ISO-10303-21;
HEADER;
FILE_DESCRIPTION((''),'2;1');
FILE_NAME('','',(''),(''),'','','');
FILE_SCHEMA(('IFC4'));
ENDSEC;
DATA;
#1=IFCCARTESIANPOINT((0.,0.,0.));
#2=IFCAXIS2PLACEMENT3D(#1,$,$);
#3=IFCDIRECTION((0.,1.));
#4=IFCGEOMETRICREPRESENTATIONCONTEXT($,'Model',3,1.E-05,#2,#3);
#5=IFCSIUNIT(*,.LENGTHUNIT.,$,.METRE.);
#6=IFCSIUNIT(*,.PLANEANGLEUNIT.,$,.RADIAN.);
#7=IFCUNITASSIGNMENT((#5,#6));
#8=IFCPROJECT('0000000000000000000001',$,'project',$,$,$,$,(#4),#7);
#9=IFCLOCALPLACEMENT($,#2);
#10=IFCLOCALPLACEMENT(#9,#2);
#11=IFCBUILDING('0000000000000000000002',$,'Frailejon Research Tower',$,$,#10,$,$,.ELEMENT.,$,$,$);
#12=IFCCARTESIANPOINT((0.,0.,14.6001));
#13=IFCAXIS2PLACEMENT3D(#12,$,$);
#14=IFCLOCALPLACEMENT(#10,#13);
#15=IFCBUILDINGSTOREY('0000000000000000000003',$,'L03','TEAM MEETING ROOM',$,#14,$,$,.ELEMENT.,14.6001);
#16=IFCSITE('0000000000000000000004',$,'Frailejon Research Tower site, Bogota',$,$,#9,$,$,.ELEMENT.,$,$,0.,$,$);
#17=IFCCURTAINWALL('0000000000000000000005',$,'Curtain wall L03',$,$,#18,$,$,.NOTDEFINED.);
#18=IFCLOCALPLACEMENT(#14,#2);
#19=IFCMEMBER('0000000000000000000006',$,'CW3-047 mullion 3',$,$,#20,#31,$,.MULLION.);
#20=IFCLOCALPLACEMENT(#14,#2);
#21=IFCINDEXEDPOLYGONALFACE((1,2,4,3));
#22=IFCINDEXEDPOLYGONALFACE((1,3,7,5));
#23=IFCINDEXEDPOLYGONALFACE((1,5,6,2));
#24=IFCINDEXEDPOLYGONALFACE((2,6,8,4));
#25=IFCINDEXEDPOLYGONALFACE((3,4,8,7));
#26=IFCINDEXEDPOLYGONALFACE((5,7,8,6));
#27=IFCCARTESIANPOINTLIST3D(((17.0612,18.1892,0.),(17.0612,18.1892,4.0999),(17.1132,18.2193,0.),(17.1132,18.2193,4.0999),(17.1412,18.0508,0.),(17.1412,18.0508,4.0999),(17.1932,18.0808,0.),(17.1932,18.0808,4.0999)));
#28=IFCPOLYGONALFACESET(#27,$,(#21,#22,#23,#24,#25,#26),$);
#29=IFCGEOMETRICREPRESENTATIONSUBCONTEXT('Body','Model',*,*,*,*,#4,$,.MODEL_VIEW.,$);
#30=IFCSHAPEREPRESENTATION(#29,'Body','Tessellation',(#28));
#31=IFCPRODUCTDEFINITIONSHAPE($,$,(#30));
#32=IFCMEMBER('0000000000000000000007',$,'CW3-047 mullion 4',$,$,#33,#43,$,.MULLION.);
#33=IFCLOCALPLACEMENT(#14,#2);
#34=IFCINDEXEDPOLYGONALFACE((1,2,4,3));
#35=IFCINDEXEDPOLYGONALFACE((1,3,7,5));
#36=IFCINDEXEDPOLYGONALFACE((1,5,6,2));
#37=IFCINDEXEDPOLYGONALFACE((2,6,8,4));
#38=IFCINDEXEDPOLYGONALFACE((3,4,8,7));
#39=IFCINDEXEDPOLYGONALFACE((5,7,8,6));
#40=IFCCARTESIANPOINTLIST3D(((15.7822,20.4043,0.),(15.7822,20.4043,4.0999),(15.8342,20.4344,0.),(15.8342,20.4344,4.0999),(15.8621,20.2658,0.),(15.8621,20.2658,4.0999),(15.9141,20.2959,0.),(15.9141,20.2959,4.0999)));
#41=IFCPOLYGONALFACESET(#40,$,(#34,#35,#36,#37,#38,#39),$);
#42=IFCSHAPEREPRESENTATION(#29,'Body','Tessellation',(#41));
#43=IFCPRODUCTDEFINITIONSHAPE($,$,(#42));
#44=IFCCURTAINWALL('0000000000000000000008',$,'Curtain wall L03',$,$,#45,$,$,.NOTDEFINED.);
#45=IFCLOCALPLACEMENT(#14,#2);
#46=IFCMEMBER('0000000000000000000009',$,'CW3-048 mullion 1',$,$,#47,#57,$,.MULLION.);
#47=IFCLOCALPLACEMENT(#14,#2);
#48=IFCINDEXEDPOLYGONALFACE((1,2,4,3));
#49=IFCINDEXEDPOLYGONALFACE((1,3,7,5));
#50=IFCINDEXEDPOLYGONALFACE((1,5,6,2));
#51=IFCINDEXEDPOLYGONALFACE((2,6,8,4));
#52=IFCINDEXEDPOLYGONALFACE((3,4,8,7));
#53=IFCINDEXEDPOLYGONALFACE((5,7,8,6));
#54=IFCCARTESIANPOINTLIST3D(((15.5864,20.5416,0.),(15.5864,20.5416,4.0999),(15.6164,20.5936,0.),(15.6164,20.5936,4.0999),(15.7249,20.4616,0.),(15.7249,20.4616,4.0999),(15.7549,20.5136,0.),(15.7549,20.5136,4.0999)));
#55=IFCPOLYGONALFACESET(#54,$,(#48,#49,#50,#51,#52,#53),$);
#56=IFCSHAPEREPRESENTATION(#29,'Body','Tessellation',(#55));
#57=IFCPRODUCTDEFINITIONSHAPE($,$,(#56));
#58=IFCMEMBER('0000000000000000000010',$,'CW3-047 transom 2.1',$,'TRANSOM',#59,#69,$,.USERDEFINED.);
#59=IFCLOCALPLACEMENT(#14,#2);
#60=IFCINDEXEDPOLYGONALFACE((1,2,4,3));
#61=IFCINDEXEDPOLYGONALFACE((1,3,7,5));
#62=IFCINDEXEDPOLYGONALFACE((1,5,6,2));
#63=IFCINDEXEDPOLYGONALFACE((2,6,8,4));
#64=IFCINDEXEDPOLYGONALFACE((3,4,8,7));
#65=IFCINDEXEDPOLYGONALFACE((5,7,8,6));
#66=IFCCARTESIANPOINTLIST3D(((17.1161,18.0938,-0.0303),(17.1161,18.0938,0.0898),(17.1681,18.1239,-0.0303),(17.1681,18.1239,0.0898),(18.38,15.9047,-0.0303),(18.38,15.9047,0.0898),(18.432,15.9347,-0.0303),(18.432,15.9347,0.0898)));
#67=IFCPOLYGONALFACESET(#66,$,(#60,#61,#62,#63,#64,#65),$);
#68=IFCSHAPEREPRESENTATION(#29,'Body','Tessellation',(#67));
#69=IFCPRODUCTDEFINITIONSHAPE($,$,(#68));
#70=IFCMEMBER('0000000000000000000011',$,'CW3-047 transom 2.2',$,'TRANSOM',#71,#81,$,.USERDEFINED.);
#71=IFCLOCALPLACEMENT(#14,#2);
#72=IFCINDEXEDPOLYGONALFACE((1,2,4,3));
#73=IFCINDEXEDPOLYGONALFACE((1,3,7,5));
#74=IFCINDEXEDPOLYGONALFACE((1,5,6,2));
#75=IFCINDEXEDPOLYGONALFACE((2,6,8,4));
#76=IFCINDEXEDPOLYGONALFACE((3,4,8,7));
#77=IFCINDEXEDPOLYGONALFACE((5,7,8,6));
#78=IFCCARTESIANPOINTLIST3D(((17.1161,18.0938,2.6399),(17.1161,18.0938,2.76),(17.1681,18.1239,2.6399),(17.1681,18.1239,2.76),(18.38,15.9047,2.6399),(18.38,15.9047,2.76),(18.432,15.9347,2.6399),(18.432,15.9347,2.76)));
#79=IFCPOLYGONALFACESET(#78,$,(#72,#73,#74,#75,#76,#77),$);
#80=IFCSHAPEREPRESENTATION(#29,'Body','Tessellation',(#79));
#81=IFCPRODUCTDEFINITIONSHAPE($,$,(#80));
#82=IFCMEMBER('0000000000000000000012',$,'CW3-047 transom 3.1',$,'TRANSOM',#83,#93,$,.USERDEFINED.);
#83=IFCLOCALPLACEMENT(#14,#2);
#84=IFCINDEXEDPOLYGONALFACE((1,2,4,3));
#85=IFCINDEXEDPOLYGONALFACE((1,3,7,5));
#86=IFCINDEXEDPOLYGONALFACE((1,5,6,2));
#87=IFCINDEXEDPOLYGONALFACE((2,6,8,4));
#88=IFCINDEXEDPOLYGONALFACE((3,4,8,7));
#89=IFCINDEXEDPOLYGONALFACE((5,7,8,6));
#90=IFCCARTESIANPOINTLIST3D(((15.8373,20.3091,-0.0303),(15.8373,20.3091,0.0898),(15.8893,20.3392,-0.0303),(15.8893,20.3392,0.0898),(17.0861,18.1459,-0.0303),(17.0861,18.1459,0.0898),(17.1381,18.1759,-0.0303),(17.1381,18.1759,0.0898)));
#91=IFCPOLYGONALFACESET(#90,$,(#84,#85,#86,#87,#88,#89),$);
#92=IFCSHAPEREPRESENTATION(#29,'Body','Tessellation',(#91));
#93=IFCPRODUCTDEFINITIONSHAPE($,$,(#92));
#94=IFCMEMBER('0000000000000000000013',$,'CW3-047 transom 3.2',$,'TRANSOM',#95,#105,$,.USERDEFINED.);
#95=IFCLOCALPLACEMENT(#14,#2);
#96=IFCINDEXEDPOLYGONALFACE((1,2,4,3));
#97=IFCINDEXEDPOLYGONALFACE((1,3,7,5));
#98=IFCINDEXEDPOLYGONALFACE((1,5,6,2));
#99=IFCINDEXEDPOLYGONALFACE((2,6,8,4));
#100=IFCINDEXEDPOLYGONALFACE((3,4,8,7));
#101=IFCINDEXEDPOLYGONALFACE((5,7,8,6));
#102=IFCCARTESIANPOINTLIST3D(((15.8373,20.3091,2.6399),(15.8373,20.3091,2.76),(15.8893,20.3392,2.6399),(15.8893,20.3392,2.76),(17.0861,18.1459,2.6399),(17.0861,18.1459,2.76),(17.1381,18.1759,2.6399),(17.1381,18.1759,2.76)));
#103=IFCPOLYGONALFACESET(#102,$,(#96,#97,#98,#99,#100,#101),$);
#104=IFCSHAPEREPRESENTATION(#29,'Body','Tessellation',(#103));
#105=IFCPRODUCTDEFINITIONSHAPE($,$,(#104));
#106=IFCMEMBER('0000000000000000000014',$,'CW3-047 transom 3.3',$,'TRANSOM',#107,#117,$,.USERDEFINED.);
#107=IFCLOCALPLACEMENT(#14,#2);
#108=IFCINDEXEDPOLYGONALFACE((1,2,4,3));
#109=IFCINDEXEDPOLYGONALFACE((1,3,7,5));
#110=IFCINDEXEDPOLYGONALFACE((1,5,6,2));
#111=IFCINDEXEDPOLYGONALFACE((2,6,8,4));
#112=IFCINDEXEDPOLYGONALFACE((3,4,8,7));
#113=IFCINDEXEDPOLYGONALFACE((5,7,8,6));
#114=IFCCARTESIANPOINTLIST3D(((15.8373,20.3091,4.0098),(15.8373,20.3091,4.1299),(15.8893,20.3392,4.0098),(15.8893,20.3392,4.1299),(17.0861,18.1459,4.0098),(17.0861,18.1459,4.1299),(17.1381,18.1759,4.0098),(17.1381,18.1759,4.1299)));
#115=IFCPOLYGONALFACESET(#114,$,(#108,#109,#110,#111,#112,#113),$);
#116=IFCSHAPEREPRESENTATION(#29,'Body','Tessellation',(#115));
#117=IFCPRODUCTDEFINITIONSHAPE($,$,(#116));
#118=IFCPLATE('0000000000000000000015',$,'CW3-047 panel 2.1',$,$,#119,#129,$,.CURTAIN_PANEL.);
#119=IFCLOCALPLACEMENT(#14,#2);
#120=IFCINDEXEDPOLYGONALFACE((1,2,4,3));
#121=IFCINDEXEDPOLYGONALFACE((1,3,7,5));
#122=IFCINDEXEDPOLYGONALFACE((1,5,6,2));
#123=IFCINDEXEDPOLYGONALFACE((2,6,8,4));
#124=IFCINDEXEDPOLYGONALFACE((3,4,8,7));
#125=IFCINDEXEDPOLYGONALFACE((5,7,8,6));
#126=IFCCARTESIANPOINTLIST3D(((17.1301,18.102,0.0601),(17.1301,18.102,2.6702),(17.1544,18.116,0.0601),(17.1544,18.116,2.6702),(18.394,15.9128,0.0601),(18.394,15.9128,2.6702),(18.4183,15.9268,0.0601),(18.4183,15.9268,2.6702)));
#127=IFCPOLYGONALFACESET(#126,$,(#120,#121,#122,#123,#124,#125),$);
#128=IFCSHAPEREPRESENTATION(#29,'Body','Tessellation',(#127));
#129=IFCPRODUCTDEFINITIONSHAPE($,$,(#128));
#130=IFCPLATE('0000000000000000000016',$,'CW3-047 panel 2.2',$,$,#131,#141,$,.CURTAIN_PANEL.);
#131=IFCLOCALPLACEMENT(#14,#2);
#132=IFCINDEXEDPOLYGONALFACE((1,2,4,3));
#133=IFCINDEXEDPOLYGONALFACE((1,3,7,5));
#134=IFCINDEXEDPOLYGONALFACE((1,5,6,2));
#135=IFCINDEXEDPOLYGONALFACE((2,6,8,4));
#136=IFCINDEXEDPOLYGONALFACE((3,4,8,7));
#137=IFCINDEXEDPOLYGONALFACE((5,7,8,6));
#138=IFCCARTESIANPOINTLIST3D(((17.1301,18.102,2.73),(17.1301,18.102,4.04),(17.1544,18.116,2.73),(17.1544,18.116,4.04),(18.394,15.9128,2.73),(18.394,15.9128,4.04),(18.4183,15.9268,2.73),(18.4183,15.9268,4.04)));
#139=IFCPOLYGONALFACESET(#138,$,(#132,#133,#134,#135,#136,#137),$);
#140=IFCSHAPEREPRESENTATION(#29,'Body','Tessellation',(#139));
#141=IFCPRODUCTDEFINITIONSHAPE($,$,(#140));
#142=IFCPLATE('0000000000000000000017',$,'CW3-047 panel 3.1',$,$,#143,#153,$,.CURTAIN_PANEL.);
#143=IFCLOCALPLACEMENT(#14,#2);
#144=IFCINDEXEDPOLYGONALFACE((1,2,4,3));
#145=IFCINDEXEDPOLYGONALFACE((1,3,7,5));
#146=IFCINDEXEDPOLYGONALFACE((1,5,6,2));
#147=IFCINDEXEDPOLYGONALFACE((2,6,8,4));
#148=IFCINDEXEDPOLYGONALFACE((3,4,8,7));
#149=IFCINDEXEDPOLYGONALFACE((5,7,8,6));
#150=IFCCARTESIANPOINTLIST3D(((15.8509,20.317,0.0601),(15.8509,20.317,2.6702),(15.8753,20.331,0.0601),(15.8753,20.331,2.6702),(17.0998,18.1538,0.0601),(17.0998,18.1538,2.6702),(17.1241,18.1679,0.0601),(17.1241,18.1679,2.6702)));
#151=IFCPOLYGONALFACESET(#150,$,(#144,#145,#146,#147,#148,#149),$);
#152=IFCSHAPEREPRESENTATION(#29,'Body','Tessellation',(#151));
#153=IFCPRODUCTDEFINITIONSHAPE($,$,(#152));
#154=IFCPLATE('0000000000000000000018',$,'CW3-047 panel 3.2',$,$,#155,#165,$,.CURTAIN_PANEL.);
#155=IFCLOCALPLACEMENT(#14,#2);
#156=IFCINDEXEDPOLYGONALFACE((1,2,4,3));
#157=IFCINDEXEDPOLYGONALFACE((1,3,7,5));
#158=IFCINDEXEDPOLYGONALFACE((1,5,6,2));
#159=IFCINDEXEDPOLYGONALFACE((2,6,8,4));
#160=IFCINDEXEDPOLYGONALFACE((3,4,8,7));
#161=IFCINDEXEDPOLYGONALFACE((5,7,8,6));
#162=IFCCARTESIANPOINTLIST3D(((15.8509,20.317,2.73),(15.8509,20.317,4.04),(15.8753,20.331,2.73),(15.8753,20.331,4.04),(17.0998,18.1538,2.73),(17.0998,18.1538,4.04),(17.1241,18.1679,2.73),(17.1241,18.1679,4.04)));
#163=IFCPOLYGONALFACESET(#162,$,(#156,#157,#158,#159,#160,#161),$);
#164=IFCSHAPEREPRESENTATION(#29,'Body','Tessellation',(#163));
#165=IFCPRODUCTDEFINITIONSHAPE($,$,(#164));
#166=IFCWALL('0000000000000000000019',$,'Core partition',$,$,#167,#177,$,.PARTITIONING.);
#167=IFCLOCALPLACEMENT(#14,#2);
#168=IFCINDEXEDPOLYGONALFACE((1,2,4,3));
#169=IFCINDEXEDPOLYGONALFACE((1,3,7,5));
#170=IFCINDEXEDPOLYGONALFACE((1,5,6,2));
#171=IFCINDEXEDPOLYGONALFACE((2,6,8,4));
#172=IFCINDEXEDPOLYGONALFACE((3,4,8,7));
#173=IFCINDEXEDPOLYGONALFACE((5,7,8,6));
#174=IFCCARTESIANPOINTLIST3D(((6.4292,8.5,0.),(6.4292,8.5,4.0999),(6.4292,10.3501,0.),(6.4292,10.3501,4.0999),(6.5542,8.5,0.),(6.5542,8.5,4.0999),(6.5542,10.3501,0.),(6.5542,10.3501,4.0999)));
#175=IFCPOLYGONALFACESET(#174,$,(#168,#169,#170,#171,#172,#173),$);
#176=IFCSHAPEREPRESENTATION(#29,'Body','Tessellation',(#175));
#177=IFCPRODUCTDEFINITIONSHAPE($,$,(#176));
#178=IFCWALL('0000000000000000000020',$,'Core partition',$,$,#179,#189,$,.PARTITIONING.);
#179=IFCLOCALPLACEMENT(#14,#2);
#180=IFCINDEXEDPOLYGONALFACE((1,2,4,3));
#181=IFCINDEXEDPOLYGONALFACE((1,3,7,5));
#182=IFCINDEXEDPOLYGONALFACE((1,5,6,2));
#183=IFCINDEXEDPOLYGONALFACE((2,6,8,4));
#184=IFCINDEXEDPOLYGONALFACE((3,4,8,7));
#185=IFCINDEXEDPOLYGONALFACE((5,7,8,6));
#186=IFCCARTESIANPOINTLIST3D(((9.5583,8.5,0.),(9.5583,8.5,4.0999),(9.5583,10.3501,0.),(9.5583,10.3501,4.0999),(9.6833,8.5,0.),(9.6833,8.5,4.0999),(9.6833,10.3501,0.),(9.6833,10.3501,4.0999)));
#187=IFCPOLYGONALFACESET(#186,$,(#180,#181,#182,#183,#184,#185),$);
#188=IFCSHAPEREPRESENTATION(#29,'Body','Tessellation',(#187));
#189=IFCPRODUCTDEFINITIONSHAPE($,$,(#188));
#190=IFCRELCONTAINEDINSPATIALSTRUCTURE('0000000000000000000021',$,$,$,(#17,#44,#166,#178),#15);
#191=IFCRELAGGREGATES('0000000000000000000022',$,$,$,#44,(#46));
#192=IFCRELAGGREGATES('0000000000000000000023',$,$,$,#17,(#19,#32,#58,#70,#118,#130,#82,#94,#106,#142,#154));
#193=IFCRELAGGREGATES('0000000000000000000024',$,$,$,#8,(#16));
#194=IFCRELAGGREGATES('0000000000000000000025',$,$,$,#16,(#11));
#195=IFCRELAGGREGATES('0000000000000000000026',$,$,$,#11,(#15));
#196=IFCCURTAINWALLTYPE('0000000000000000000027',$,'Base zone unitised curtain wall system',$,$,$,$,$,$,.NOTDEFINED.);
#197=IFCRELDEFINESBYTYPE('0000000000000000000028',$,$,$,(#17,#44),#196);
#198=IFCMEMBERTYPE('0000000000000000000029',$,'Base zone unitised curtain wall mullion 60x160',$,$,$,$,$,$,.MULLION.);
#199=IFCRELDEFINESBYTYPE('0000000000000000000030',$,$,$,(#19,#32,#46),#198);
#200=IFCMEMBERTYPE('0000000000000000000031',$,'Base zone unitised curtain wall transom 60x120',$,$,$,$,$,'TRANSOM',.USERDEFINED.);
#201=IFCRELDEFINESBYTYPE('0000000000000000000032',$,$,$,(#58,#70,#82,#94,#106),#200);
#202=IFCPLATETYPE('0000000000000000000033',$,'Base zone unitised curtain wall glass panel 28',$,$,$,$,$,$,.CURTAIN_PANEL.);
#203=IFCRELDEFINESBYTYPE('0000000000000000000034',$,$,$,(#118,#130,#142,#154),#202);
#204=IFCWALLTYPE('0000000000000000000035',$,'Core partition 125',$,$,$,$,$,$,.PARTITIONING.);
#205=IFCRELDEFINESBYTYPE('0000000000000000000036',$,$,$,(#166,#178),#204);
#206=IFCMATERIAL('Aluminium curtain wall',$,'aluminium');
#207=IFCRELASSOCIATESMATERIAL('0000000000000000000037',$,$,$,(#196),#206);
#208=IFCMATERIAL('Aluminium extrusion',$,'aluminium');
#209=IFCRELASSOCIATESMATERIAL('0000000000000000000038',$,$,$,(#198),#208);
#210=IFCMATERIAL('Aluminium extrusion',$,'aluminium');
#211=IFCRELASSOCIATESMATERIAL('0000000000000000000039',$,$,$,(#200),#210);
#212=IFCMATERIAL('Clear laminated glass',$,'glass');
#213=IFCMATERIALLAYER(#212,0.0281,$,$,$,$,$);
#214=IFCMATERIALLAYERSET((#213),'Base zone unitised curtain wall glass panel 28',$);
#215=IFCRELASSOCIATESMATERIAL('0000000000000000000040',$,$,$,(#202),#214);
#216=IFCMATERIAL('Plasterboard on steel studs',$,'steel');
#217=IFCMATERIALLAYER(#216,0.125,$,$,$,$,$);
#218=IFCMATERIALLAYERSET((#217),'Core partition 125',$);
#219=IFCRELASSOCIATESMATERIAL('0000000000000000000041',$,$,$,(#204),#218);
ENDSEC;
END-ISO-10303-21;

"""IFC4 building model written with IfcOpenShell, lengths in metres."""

from ifc_helpers import new_model, si_unit, direction, frame, frame_2d, origin, origin_2d, place, context, subcontext, project, spatial, rectangle, extrude, material, layer, layer_set, material_profile, profile_set, type_object, element, aggregate, save


model = new_model("IFC4")

# Units and contexts
model_context = context("Model", 3, precision=1e-05, world=origin(), true_north=direction((0.0, 1.0)))
body_context = subcontext(model_context, "Body", "Model", "MODEL_VIEW")
ifc_project = project(units=[si_unit("LENGTHUNIT", "METRE"), si_unit("PLANEANGLEUNIT", "RADIAN")], contexts=[model_context])

# Site, building, storey
site_placement = place(None, origin())
site = spatial("IfcSite", under=ifc_project, at=site_placement, Name="Frailejon Research Tower site, Bogota", CompositionType="ELEMENT", RefElevation=0.0)
building_placement = place(site_placement, origin())
building = spatial("IfcBuilding", under=site, at=building_placement, Name="Frailejon Research Tower", CompositionType="ELEMENT")
storey_placement = place(building_placement, frame((0.0, 0.0, 14.6001)))
storey = spatial("IfcBuildingStorey", under=building, at=storey_placement, Name="L03", Description="TEAM MEETING ROOM", CompositionType="ELEMENT", Elevation=14.6001)

# Curtain wall, members
ifc_material_1 = material(Name="Aluminium curtain wall", Category="aluminium")
curtain_wall_type = type_object("IfcCurtainWallType", Name="Base zone unitised curtain wall system", PredefinedType="NOTDEFINED", material=ifc_material_1)
curtain_wall_1_placement = place(storey_placement, origin())
curtain_wall_1 = element("IfcCurtainWall", 1, at=curtain_wall_1_placement, inside=storey, type_object=curtain_wall_type, Name="Curtain wall L03", PredefinedType="NOTDEFINED")
ifc_material_2 = material(Name="Aluminium extrusion", Category="aluminium")
ifc_material_profile_1 = material_profile(ifc_material_2, rectangle(XDim=0.0601, YDim=0.1599, at=origin_2d()), Name="Base zone unitised curtain wall mullion 60x160")
ifc_profile_set_1 = profile_set([ifc_material_profile_1], Name="Aluminium extrusion")
member_type_1 = type_object("IfcMemberType", Name="Base zone unitised curtain wall mullion 60x160", PredefinedType="MULLION", material=ifc_profile_set_1)
member_1_placement = place(storey_placement, frame((17.1272, 18.135, 0.0), z_axis=(0.0, 0.0, 1.0), x_axis=(-0.866029, -0.499993, 0.0)))
member_1 = element("IfcMember", 2, at=member_1_placement, type_object=member_type_1, Name="CW3-047 mullion 3", PredefinedType="MULLION", context=body_context, shape_type="SweptSolid", body=[
    extrude(rectangle(XDim=0.0601, YDim=0.1599, at=origin_2d()), origin(), (0.0, 0.0, 1.0), 4.0999),
])
member_2_placement = place(storey_placement, frame((15.8481, 20.3501, 0.0), z_axis=(0.0, 0.0, 1.0), x_axis=(-0.866029, -0.499993, 0.0)))
member_2 = element("IfcMember", 3, at=member_2_placement, type_object=member_type_1, Name="CW3-047 mullion 4", PredefinedType="MULLION", context=body_context, shape_type="SweptSolid", body=[
    extrude(rectangle(XDim=0.0601, YDim=0.1599, at=origin_2d()), origin(), (0.0, 0.0, 1.0), 4.0999),
])

# Curtain wall, member
curtain_wall_2_placement = place(storey_placement, origin())
curtain_wall_2 = element("IfcCurtainWall", 4, at=curtain_wall_2_placement, inside=storey, type_object=curtain_wall_type, Name="Curtain wall L03", PredefinedType="NOTDEFINED")
member_3_placement = place(storey_placement, frame((15.6707, 20.5276, 0.0), z_axis=(0.0, 0.0, 1.0), x_axis=(-0.499998, -0.866026, 0.0)))
member_3 = element("IfcMember", 5, at=member_3_placement, type_object=member_type_1, Name="CW3-048 mullion 1", PredefinedType="MULLION", context=body_context, shape_type="SweptSolid", body=[
    extrude(rectangle(XDim=0.0601, YDim=0.1599, at=origin_2d()), origin(), (0.0, 0.0, 1.0), 4.0999),
])
aggregate(curtain_wall_2, [member_3])

# Members
ifc_material_3 = material(Name="Aluminium extrusion", Category="aluminium")
ifc_material_profile_2 = material_profile(ifc_material_3, rectangle(XDim=0.0601, YDim=0.1201, at=origin_2d()), Name="Base zone unitised curtain wall transom 60x120")
ifc_profile_set_2 = profile_set([ifc_material_profile_2], Name="Aluminium extrusion")
member_type_2 = type_object("IfcMemberType", Name="Base zone unitised curtain wall transom 60x120", ElementType="TRANSOM", PredefinedType="USERDEFINED", material=ifc_profile_set_2)
member_4_placement = place(storey_placement, frame((18.406, 15.9197, 0.0298), z_axis=(-0.499993, 0.86603, 0.0), x_axis=(-0.86603, -0.499993, 0.0)))
member_4 = element("IfcMember", 6, at=member_4_placement, type_object=member_type_2, Name="CW3-047 transom 2.1", ObjectType="TRANSOM", PredefinedType="USERDEFINED", context=body_context, shape_type="SweptSolid", body=[
    extrude(rectangle(XDim=0.0601, YDim=0.1201, at=origin_2d()), origin(), (0.0, 0.0, 1.0), 2.5278),
])
member_5_placement = place(storey_placement, frame((18.406, 15.9197, 2.7), z_axis=(-0.499993, 0.86603, 0.0), x_axis=(-0.86603, -0.499993, 0.0)))
member_5 = element("IfcMember", 7, at=member_5_placement, type_object=member_type_2, Name="CW3-047 transom 2.2", ObjectType="TRANSOM", PredefinedType="USERDEFINED", context=body_context, shape_type="SweptSolid", body=[
    extrude(rectangle(XDim=0.0601, YDim=0.1201, at=origin_2d()), origin(), (0.0, 0.0, 1.0), 2.5278),
])
member_6_placement = place(storey_placement, frame((17.1121, 18.1609, 0.0298), z_axis=(-0.499934, 0.866064, 0.0), x_axis=(-0.866064, -0.499934, 0.0)))
member_6 = element("IfcMember", 8, at=member_6_placement, type_object=member_type_2, Name="CW3-047 transom 3.1", ObjectType="TRANSOM", PredefinedType="USERDEFINED", context=body_context, shape_type="SweptSolid", body=[
    extrude(rectangle(XDim=0.0601, YDim=0.1201, at=origin_2d()), origin(), (0.0, 0.0, 1.0), 2.4978),
])
member_7_placement = place(storey_placement, frame((17.1121, 18.1609, 2.7), z_axis=(-0.499934, 0.866064, 0.0), x_axis=(-0.866064, -0.499934, 0.0)))
member_7 = element("IfcMember", 9, at=member_7_placement, type_object=member_type_2, Name="CW3-047 transom 3.2", ObjectType="TRANSOM", PredefinedType="USERDEFINED", context=body_context, shape_type="SweptSolid", body=[
    extrude(rectangle(XDim=0.0601, YDim=0.1201, at=origin_2d()), origin(), (0.0, 0.0, 1.0), 2.4978),
])
member_8_placement = place(storey_placement, frame((17.1121, 18.1609, 4.0698), z_axis=(-0.499934, 0.866064, 0.0), x_axis=(-0.866064, -0.499934, 0.0)))
member_8 = element("IfcMember", 10, at=member_8_placement, type_object=member_type_2, Name="CW3-047 transom 3.3", ObjectType="TRANSOM", PredefinedType="USERDEFINED", context=body_context, shape_type="SweptSolid", body=[
    extrude(rectangle(XDim=0.0601, YDim=0.1201, at=origin_2d()), origin(), (0.0, 0.0, 1.0), 2.4978),
])

# Plates
ifc_material_4 = material(Name="Clear laminated glass", Category="glass")
ifc_layer_1 = layer(ifc_material_4, 0.0281)
ifc_layer_set_1 = layer_set([ifc_layer_1], Name="Base zone unitised curtain wall glass panel 28")
plate_type = type_object("IfcPlateType", Name="Base zone unitised curtain wall glass panel 28", PredefinedType="CURTAIN_PANEL", material=ifc_layer_set_1)
plate_1_placement = place(storey_placement, frame((17.7742, 17.0144, 0.0601), z_axis=(0.0, 0.0, 1.0), x_axis=(-0.499993, 0.866029, 0.0)))
plate_1 = element("IfcPlate", 11, at=plate_1_placement, type_object=plate_type, Name="CW3-047 panel 2.1", PredefinedType="CURTAIN_PANEL", context=body_context, shape_type="SweptSolid", body=[
    extrude(rectangle(XDim=2.5278, YDim=0.0281, at=origin_2d()), origin(), (0.0, 0.0, 1.0), 2.6101),
])
plate_2_placement = place(storey_placement, frame((17.7742, 17.0144, 2.73), z_axis=(0.0, 0.0, 1.0), x_axis=(-0.499993, 0.866029, 0.0)))
plate_2 = element("IfcPlate", 12, at=plate_2_placement, type_object=plate_type, Name="CW3-047 panel 2.2", PredefinedType="CURTAIN_PANEL", context=body_context, shape_type="SweptSolid", body=[
    extrude(rectangle(XDim=2.5278, YDim=0.0281, at=origin_2d()), origin(), (0.0, 0.0, 1.0), 1.3101),
])
plate_3_placement = place(storey_placement, frame((16.4875, 19.2424, 0.0601), z_axis=(0.0, 0.0, 1.0), x_axis=(-0.499993, 0.866029, 0.0)))
plate_3 = element("IfcPlate", 13, at=plate_3_placement, type_object=plate_type, Name="CW3-047 panel 3.1", PredefinedType="CURTAIN_PANEL", context=body_context, shape_type="SweptSolid", body=[
    extrude(rectangle(XDim=2.4978, YDim=0.0281, at=origin_2d()), origin(), (0.0, 0.0, 1.0), 2.6101),
])
plate_4_placement = place(storey_placement, frame((16.4875, 19.2424, 2.73), z_axis=(0.0, 0.0, 1.0), x_axis=(-0.499993, 0.866029, 0.0)))
plate_4 = element("IfcPlate", 14, at=plate_4_placement, type_object=plate_type, Name="CW3-047 panel 3.2", PredefinedType="CURTAIN_PANEL", context=body_context, shape_type="SweptSolid", body=[
    extrude(rectangle(XDim=2.4978, YDim=0.0281, at=origin_2d()), origin(), (0.0, 0.0, 1.0), 1.3101),
])
aggregate(curtain_wall_1, [member_1, member_2, member_4, member_5, plate_1, plate_2, member_6, member_7, member_8, plate_3, plate_4])

# Walls
ifc_material_5 = material(Name="Plasterboard on steel studs", Category="steel")
ifc_layer_2 = layer(ifc_material_5, 0.125)
ifc_layer_set_2 = layer_set([ifc_layer_2], Name="Core partition 125")
wall_type_1 = type_object("IfcWallType", Name="Core partition 125", PredefinedType="PARTITIONING", material=ifc_layer_set_2)
for number, where, z_axis, x_axis, name in (
    (15, (6.4917, 8.5, 0.0), (0.0, 0.0, 1.0), (0.0, 1.0, 0.0), "Core partition"),
    (16, (9.6208, 8.5, 0.0), (0.0, 0.0, 1.0), (0.0, 1.0, 0.0), "Core partition"),
):
    element("IfcWall", number, at=place(storey_placement, frame(where, z_axis=z_axis, x_axis=x_axis)), inside=storey, type_object=wall_type_1, Name=name, PredefinedType="PARTITIONING", context=body_context, shape_type="SweptSolid", body=[
        extrude(rectangle(XDim=1.8501, YDim=0.125, at=frame_2d((0.925, 0.0))), origin(), (0.0, 0.0, 1.0), 4.0999),
    ])

save(model, "model.ifc")
